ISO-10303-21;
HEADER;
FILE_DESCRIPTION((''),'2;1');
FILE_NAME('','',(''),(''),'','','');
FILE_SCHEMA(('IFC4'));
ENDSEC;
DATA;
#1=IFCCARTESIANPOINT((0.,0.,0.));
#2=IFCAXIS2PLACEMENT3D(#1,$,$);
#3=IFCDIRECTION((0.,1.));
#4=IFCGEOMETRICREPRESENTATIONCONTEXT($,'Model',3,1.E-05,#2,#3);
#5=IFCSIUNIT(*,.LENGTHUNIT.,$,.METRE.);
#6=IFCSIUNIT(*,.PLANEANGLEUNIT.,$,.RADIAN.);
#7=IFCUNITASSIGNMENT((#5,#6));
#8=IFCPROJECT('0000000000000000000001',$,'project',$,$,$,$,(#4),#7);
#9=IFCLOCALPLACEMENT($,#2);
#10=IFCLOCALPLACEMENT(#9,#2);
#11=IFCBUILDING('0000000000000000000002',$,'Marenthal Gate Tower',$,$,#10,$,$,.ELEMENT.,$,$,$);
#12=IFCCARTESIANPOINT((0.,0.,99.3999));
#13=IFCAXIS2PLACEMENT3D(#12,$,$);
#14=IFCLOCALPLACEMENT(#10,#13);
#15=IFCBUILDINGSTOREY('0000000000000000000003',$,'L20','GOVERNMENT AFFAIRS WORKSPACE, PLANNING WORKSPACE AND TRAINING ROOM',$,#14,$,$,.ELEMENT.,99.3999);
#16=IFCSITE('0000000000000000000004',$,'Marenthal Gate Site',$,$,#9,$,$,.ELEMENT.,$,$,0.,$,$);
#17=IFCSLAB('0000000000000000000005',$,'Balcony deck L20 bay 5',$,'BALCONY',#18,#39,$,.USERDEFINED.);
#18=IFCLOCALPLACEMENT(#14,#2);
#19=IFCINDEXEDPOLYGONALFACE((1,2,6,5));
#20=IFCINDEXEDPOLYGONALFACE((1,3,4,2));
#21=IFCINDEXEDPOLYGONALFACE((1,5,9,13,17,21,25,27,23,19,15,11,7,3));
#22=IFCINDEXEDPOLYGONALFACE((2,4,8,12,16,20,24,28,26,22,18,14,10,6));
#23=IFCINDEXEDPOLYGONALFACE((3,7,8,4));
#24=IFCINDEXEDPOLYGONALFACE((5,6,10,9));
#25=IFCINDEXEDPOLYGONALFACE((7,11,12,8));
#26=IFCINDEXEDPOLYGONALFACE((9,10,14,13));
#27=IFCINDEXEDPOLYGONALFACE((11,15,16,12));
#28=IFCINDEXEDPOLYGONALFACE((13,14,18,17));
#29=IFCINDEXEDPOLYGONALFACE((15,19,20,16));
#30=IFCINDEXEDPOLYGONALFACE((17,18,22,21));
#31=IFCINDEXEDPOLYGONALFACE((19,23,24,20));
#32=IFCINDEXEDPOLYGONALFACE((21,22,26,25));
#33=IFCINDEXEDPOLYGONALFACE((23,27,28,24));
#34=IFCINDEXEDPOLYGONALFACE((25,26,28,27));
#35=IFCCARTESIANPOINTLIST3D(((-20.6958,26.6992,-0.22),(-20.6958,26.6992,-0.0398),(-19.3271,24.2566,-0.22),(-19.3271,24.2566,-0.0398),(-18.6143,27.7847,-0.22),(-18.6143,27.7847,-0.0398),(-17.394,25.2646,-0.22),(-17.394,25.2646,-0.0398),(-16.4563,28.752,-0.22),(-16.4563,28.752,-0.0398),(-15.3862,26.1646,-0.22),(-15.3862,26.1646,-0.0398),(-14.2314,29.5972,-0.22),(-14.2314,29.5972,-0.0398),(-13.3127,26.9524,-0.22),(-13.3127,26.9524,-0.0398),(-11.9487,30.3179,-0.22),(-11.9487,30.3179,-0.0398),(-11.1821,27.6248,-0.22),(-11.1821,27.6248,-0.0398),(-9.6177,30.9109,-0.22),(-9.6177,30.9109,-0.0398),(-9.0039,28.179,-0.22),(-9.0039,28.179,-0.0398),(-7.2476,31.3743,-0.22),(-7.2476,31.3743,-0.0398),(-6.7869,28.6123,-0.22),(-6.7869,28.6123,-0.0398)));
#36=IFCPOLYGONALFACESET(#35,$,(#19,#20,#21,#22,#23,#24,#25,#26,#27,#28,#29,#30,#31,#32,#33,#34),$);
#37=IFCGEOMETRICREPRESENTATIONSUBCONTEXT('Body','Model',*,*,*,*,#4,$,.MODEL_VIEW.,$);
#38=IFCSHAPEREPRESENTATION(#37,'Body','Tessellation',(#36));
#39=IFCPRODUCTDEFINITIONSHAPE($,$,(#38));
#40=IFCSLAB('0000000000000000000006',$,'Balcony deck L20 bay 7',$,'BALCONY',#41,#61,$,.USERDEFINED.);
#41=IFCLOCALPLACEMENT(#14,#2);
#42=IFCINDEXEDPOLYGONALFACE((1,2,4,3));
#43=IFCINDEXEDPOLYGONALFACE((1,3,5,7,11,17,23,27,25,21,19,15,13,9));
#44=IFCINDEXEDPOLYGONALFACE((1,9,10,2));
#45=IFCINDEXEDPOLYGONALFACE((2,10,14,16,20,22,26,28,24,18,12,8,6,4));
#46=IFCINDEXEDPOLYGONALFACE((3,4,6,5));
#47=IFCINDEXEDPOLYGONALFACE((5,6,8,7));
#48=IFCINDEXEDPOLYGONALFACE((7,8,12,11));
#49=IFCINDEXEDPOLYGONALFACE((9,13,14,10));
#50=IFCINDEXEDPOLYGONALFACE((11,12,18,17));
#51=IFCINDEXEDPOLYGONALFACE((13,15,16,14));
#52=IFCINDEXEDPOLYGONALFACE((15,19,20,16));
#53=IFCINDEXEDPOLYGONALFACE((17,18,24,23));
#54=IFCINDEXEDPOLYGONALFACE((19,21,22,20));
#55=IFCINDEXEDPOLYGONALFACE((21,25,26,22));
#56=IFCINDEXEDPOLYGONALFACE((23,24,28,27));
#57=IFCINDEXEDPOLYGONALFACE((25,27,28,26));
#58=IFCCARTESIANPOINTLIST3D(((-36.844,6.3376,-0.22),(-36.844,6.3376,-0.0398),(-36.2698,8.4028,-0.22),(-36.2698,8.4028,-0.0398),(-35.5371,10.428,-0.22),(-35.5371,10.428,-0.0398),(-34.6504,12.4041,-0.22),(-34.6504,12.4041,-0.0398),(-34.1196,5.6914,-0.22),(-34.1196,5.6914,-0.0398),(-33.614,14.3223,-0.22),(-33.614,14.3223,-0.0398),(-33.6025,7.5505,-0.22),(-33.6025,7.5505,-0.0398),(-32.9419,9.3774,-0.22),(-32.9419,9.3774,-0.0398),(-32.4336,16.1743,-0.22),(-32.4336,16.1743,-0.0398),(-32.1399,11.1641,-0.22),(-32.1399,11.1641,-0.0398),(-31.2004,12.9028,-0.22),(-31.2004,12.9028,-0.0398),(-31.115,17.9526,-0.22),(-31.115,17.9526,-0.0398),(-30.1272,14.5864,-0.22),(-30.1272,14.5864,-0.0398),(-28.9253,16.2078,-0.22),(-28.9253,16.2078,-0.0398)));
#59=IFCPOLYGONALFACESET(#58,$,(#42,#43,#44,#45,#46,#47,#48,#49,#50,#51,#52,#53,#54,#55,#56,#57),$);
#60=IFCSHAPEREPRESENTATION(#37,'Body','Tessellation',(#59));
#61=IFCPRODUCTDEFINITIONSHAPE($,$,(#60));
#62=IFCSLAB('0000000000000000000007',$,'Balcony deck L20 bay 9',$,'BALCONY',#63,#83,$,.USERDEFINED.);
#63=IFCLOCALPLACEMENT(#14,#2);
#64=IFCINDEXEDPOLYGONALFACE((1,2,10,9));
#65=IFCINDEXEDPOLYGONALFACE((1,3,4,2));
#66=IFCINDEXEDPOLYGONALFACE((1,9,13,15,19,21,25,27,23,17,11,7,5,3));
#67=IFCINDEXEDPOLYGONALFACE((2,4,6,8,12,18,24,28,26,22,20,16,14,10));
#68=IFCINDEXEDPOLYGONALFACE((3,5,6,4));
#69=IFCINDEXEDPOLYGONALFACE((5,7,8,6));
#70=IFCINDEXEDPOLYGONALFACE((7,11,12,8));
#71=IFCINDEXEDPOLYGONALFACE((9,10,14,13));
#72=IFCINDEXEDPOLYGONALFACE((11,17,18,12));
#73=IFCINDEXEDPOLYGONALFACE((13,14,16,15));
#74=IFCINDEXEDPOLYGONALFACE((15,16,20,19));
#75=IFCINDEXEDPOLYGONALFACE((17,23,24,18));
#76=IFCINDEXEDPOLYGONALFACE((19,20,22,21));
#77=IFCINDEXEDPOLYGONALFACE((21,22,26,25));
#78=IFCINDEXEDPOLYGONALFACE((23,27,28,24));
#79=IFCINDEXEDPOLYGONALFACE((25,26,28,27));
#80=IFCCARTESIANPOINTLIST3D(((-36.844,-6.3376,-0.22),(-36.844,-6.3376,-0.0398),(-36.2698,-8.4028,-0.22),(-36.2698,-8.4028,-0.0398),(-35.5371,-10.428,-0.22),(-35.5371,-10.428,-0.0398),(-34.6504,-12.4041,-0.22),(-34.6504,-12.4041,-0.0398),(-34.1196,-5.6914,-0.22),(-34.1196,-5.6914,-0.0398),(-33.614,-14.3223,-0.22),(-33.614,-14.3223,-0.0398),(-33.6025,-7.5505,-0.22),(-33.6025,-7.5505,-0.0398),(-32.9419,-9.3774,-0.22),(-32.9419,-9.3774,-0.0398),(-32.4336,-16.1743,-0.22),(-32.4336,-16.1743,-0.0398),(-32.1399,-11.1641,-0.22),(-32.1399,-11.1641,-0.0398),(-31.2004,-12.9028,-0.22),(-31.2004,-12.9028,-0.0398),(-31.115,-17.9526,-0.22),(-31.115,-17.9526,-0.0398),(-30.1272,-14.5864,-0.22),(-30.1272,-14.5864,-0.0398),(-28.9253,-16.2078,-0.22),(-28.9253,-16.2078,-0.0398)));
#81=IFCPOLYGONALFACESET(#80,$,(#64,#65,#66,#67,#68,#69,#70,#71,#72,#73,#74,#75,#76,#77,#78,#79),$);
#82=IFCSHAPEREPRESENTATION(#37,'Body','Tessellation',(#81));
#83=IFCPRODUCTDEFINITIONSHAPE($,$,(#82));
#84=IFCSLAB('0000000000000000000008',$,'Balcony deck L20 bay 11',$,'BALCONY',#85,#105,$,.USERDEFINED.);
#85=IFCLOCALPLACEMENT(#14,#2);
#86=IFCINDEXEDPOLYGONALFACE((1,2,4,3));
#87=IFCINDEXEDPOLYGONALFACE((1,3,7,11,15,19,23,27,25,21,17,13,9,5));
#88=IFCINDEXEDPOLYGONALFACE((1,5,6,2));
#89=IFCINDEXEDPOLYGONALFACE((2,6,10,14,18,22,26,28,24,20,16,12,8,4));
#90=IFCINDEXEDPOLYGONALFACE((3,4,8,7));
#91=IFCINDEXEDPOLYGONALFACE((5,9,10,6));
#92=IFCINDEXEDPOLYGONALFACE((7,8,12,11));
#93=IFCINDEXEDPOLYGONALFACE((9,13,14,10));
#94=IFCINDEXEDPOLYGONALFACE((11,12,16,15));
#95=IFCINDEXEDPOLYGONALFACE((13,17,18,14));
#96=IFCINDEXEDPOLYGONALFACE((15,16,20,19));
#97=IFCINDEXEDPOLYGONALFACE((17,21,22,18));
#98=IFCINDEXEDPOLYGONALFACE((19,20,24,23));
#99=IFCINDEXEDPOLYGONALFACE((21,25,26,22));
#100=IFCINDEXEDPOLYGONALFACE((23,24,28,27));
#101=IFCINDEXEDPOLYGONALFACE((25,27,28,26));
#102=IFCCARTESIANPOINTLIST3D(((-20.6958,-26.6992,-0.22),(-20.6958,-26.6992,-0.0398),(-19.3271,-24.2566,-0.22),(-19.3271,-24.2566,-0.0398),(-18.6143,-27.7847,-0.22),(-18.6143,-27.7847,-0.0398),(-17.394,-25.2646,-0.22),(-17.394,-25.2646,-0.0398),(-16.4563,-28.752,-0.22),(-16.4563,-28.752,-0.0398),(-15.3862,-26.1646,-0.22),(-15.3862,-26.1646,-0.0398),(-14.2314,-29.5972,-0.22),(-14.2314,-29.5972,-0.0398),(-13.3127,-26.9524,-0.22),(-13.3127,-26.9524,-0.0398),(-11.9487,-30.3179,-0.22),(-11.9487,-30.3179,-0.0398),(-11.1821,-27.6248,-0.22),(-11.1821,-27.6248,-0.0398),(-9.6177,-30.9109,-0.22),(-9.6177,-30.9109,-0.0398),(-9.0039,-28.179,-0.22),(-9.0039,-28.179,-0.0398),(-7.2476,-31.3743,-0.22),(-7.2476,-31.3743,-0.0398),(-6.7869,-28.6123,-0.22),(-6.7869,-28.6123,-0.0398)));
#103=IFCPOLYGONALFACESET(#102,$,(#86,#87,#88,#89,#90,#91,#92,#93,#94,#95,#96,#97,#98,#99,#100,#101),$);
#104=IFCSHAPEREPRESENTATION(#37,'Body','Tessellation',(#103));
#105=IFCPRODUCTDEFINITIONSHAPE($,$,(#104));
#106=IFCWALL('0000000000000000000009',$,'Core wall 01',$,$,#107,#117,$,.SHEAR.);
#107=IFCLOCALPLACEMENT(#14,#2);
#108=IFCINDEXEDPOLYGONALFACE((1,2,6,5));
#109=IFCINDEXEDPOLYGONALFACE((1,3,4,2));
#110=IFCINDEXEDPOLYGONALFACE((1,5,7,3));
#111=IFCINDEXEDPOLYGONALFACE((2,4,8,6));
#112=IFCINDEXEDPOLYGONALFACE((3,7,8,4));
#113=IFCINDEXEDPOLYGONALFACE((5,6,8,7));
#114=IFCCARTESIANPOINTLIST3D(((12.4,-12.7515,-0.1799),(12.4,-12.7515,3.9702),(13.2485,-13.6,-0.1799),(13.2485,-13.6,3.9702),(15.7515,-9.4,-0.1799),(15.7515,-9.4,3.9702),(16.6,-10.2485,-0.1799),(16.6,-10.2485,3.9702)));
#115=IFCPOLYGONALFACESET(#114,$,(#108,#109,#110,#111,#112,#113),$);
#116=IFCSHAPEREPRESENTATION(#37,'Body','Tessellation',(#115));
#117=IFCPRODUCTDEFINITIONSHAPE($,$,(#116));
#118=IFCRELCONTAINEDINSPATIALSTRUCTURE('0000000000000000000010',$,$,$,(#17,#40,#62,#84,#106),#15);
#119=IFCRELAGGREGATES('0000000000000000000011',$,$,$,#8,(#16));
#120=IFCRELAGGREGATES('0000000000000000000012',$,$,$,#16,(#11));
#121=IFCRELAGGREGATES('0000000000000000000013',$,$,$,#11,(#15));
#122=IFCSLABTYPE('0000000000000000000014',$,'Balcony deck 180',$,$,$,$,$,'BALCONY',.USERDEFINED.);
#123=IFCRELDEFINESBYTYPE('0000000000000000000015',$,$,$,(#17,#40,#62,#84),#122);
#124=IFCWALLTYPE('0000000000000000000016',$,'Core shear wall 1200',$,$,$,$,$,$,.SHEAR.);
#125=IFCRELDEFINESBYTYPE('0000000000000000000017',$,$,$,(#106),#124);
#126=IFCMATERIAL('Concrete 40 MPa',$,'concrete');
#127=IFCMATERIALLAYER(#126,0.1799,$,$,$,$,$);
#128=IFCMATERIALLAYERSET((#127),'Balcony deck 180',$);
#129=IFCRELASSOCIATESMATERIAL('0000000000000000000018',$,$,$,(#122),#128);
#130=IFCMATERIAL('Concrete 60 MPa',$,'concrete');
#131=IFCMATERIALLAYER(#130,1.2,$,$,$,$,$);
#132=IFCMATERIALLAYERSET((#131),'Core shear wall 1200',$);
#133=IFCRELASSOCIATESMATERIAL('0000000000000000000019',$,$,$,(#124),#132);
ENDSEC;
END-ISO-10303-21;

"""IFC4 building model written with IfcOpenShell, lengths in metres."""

from ifc_helpers import new_model, si_unit, direction, frame, frame_2d, origin, place, context, subcontext, project, spatial, polyline, rectangle, outline, extrude, material, layer, layer_set, type_object, element, save


model = new_model("IFC4")

# Units and contexts
model_context = context("Model", 3, precision=1e-05, world=origin(), true_north=direction((0.0, 1.0)))
body_context = subcontext(model_context, "Body", "Model", "MODEL_VIEW")
ifc_project = project(units=[si_unit("LENGTHUNIT", "METRE"), si_unit("PLANEANGLEUNIT", "RADIAN")], contexts=[model_context])

# Site, building, storey
site_placement = place(None, origin())
site = spatial("IfcSite", under=ifc_project, at=site_placement, Name="Marenthal Gate Site", CompositionType="ELEMENT", RefElevation=0.0)
building_placement = place(site_placement, origin())
building = spatial("IfcBuilding", under=site, at=building_placement, Name="Marenthal Gate Tower", CompositionType="ELEMENT")
storey_placement = place(building_placement, frame((0.0, 0.0, 99.3999)))
storey = spatial("IfcBuildingStorey", under=building, at=storey_placement, Name="L20", Description="GOVERNMENT AFFAIRS WORKSPACE, PLANNING WORKSPACE AND TRAINING ROOM", CompositionType="ELEMENT", Elevation=99.3999)

# Slabs
ifc_material_1 = material(Name="Concrete 40 MPa", Category="concrete")
ifc_layer_1 = layer(ifc_material_1, 0.1799)
ifc_layer_set_1 = layer_set([ifc_layer_1], Name="Balcony deck 180")
slab_type = type_object("IfcSlabType", Name="Balcony deck 180", ElementType="BALCONY", PredefinedType="USERDEFINED", material=ifc_layer_set_1)
slab_1_placement = place(storey_placement, frame((0.0, 0.0, -0.22)))
element("IfcSlab", 1, at=slab_1_placement, inside=storey, type_object=slab_type, Name="Balcony deck L20 bay 5", ObjectType="BALCONY", PredefinedType="USERDEFINED", context=body_context, shape_type="SweptSolid", body=[
    extrude(outline(polyline([(-6.7869, 28.6123), (-9.0039, 28.179), (-11.1821, 27.6248), (-13.3127, 26.9524), (-15.3862, 26.1646), (-17.394, 25.2646), (-19.3271, 24.2566), (-20.6958, 26.6992), (-18.6143, 27.7847), (-16.4563, 28.752), (-14.2314, 29.5972), (-11.9487, 30.3179), (-9.6177, 30.9109), (-7.2476, 31.3743), (-6.7869, 28.6123)])), origin(), (0.0, 0.0, 1.0), 0.1802),
])
slab_2_placement = place(storey_placement, frame((0.0, 0.0, -0.22)))
element("IfcSlab", 2, at=slab_2_placement, inside=storey, type_object=slab_type, Name="Balcony deck L20 bay 7", ObjectType="BALCONY", PredefinedType="USERDEFINED", context=body_context, shape_type="SweptSolid", body=[
    extrude(outline(polyline([(-28.9253, 16.2078), (-30.1272, 14.5864), (-31.2004, 12.9028), (-32.1399, 11.1641), (-32.9419, 9.3774), (-33.6025, 7.5505), (-34.1196, 5.6914), (-36.844, 6.3376), (-36.2698, 8.4028), (-35.5371, 10.428), (-34.6504, 12.4041), (-33.614, 14.3223), (-32.4336, 16.1743), (-31.115, 17.9526), (-28.9253, 16.2078)])), origin(), (0.0, 0.0, 1.0), 0.1802),
])
slab_3_placement = place(storey_placement, frame((0.0, 0.0, -0.22)))
element("IfcSlab", 3, at=slab_3_placement, inside=storey, type_object=slab_type, Name="Balcony deck L20 bay 9", ObjectType="BALCONY", PredefinedType="USERDEFINED", context=body_context, shape_type="SweptSolid", body=[
    extrude(outline(polyline([(-34.1196, -5.6914), (-33.6025, -7.5505), (-32.9419, -9.3774), (-32.1399, -11.1641), (-31.2004, -12.9028), (-30.1272, -14.5864), (-28.9253, -16.2078), (-31.115, -17.9526), (-32.4336, -16.1743), (-33.614, -14.3223), (-34.6504, -12.4041), (-35.5371, -10.428), (-36.2698, -8.4028), (-36.844, -6.3376), (-34.1196, -5.6914)])), origin(), (0.0, 0.0, 1.0), 0.1802),
])
slab_4_placement = place(storey_placement, frame((0.0, 0.0, -0.22)))
element("IfcSlab", 4, at=slab_4_placement, inside=storey, type_object=slab_type, Name="Balcony deck L20 bay 11", ObjectType="BALCONY", PredefinedType="USERDEFINED", context=body_context, shape_type="SweptSolid", body=[
    extrude(outline(polyline([(-19.3271, -24.2566), (-17.394, -25.2646), (-15.3862, -26.1646), (-13.3127, -26.9524), (-11.1821, -27.6248), (-9.0039, -28.179), (-6.7869, -28.6123), (-7.2476, -31.3743), (-9.6177, -30.9109), (-11.9487, -30.3179), (-14.2314, -29.5972), (-16.4563, -28.752), (-18.6143, -27.7847), (-20.6958, -26.6992), (-19.3271, -24.2566)])), origin(), (0.0, 0.0, 1.0), 0.1802),
])

# Wall
ifc_material_2 = material(Name="Concrete 60 MPa", Category="concrete")
ifc_layer_2 = layer(ifc_material_2, 1.2)
ifc_layer_set_2 = layer_set([ifc_layer_2], Name="Core shear wall 1200")
wall_type_1 = type_object("IfcWallType", Name="Core shear wall 1200", PredefinedType="SHEAR", material=ifc_layer_set_2)
wall_1_placement = place(storey_placement, frame((12.8242, -13.1758, -0.1799), z_axis=(0.0, 0.0, 1.0), x_axis=(0.707107, 0.707107, 0.0)))
element("IfcWall", 5, at=wall_1_placement, inside=storey, type_object=wall_type_1, Name="Core wall 01", PredefinedType="SHEAR", context=body_context, shape_type="SweptSolid", body=[
    extrude(rectangle(XDim=4.7397, YDim=1.2, at=frame_2d((2.3699, 0.0))), origin(), (0.0, 0.0, 1.0), 4.1501),
])

save(model, "model.ifc")
